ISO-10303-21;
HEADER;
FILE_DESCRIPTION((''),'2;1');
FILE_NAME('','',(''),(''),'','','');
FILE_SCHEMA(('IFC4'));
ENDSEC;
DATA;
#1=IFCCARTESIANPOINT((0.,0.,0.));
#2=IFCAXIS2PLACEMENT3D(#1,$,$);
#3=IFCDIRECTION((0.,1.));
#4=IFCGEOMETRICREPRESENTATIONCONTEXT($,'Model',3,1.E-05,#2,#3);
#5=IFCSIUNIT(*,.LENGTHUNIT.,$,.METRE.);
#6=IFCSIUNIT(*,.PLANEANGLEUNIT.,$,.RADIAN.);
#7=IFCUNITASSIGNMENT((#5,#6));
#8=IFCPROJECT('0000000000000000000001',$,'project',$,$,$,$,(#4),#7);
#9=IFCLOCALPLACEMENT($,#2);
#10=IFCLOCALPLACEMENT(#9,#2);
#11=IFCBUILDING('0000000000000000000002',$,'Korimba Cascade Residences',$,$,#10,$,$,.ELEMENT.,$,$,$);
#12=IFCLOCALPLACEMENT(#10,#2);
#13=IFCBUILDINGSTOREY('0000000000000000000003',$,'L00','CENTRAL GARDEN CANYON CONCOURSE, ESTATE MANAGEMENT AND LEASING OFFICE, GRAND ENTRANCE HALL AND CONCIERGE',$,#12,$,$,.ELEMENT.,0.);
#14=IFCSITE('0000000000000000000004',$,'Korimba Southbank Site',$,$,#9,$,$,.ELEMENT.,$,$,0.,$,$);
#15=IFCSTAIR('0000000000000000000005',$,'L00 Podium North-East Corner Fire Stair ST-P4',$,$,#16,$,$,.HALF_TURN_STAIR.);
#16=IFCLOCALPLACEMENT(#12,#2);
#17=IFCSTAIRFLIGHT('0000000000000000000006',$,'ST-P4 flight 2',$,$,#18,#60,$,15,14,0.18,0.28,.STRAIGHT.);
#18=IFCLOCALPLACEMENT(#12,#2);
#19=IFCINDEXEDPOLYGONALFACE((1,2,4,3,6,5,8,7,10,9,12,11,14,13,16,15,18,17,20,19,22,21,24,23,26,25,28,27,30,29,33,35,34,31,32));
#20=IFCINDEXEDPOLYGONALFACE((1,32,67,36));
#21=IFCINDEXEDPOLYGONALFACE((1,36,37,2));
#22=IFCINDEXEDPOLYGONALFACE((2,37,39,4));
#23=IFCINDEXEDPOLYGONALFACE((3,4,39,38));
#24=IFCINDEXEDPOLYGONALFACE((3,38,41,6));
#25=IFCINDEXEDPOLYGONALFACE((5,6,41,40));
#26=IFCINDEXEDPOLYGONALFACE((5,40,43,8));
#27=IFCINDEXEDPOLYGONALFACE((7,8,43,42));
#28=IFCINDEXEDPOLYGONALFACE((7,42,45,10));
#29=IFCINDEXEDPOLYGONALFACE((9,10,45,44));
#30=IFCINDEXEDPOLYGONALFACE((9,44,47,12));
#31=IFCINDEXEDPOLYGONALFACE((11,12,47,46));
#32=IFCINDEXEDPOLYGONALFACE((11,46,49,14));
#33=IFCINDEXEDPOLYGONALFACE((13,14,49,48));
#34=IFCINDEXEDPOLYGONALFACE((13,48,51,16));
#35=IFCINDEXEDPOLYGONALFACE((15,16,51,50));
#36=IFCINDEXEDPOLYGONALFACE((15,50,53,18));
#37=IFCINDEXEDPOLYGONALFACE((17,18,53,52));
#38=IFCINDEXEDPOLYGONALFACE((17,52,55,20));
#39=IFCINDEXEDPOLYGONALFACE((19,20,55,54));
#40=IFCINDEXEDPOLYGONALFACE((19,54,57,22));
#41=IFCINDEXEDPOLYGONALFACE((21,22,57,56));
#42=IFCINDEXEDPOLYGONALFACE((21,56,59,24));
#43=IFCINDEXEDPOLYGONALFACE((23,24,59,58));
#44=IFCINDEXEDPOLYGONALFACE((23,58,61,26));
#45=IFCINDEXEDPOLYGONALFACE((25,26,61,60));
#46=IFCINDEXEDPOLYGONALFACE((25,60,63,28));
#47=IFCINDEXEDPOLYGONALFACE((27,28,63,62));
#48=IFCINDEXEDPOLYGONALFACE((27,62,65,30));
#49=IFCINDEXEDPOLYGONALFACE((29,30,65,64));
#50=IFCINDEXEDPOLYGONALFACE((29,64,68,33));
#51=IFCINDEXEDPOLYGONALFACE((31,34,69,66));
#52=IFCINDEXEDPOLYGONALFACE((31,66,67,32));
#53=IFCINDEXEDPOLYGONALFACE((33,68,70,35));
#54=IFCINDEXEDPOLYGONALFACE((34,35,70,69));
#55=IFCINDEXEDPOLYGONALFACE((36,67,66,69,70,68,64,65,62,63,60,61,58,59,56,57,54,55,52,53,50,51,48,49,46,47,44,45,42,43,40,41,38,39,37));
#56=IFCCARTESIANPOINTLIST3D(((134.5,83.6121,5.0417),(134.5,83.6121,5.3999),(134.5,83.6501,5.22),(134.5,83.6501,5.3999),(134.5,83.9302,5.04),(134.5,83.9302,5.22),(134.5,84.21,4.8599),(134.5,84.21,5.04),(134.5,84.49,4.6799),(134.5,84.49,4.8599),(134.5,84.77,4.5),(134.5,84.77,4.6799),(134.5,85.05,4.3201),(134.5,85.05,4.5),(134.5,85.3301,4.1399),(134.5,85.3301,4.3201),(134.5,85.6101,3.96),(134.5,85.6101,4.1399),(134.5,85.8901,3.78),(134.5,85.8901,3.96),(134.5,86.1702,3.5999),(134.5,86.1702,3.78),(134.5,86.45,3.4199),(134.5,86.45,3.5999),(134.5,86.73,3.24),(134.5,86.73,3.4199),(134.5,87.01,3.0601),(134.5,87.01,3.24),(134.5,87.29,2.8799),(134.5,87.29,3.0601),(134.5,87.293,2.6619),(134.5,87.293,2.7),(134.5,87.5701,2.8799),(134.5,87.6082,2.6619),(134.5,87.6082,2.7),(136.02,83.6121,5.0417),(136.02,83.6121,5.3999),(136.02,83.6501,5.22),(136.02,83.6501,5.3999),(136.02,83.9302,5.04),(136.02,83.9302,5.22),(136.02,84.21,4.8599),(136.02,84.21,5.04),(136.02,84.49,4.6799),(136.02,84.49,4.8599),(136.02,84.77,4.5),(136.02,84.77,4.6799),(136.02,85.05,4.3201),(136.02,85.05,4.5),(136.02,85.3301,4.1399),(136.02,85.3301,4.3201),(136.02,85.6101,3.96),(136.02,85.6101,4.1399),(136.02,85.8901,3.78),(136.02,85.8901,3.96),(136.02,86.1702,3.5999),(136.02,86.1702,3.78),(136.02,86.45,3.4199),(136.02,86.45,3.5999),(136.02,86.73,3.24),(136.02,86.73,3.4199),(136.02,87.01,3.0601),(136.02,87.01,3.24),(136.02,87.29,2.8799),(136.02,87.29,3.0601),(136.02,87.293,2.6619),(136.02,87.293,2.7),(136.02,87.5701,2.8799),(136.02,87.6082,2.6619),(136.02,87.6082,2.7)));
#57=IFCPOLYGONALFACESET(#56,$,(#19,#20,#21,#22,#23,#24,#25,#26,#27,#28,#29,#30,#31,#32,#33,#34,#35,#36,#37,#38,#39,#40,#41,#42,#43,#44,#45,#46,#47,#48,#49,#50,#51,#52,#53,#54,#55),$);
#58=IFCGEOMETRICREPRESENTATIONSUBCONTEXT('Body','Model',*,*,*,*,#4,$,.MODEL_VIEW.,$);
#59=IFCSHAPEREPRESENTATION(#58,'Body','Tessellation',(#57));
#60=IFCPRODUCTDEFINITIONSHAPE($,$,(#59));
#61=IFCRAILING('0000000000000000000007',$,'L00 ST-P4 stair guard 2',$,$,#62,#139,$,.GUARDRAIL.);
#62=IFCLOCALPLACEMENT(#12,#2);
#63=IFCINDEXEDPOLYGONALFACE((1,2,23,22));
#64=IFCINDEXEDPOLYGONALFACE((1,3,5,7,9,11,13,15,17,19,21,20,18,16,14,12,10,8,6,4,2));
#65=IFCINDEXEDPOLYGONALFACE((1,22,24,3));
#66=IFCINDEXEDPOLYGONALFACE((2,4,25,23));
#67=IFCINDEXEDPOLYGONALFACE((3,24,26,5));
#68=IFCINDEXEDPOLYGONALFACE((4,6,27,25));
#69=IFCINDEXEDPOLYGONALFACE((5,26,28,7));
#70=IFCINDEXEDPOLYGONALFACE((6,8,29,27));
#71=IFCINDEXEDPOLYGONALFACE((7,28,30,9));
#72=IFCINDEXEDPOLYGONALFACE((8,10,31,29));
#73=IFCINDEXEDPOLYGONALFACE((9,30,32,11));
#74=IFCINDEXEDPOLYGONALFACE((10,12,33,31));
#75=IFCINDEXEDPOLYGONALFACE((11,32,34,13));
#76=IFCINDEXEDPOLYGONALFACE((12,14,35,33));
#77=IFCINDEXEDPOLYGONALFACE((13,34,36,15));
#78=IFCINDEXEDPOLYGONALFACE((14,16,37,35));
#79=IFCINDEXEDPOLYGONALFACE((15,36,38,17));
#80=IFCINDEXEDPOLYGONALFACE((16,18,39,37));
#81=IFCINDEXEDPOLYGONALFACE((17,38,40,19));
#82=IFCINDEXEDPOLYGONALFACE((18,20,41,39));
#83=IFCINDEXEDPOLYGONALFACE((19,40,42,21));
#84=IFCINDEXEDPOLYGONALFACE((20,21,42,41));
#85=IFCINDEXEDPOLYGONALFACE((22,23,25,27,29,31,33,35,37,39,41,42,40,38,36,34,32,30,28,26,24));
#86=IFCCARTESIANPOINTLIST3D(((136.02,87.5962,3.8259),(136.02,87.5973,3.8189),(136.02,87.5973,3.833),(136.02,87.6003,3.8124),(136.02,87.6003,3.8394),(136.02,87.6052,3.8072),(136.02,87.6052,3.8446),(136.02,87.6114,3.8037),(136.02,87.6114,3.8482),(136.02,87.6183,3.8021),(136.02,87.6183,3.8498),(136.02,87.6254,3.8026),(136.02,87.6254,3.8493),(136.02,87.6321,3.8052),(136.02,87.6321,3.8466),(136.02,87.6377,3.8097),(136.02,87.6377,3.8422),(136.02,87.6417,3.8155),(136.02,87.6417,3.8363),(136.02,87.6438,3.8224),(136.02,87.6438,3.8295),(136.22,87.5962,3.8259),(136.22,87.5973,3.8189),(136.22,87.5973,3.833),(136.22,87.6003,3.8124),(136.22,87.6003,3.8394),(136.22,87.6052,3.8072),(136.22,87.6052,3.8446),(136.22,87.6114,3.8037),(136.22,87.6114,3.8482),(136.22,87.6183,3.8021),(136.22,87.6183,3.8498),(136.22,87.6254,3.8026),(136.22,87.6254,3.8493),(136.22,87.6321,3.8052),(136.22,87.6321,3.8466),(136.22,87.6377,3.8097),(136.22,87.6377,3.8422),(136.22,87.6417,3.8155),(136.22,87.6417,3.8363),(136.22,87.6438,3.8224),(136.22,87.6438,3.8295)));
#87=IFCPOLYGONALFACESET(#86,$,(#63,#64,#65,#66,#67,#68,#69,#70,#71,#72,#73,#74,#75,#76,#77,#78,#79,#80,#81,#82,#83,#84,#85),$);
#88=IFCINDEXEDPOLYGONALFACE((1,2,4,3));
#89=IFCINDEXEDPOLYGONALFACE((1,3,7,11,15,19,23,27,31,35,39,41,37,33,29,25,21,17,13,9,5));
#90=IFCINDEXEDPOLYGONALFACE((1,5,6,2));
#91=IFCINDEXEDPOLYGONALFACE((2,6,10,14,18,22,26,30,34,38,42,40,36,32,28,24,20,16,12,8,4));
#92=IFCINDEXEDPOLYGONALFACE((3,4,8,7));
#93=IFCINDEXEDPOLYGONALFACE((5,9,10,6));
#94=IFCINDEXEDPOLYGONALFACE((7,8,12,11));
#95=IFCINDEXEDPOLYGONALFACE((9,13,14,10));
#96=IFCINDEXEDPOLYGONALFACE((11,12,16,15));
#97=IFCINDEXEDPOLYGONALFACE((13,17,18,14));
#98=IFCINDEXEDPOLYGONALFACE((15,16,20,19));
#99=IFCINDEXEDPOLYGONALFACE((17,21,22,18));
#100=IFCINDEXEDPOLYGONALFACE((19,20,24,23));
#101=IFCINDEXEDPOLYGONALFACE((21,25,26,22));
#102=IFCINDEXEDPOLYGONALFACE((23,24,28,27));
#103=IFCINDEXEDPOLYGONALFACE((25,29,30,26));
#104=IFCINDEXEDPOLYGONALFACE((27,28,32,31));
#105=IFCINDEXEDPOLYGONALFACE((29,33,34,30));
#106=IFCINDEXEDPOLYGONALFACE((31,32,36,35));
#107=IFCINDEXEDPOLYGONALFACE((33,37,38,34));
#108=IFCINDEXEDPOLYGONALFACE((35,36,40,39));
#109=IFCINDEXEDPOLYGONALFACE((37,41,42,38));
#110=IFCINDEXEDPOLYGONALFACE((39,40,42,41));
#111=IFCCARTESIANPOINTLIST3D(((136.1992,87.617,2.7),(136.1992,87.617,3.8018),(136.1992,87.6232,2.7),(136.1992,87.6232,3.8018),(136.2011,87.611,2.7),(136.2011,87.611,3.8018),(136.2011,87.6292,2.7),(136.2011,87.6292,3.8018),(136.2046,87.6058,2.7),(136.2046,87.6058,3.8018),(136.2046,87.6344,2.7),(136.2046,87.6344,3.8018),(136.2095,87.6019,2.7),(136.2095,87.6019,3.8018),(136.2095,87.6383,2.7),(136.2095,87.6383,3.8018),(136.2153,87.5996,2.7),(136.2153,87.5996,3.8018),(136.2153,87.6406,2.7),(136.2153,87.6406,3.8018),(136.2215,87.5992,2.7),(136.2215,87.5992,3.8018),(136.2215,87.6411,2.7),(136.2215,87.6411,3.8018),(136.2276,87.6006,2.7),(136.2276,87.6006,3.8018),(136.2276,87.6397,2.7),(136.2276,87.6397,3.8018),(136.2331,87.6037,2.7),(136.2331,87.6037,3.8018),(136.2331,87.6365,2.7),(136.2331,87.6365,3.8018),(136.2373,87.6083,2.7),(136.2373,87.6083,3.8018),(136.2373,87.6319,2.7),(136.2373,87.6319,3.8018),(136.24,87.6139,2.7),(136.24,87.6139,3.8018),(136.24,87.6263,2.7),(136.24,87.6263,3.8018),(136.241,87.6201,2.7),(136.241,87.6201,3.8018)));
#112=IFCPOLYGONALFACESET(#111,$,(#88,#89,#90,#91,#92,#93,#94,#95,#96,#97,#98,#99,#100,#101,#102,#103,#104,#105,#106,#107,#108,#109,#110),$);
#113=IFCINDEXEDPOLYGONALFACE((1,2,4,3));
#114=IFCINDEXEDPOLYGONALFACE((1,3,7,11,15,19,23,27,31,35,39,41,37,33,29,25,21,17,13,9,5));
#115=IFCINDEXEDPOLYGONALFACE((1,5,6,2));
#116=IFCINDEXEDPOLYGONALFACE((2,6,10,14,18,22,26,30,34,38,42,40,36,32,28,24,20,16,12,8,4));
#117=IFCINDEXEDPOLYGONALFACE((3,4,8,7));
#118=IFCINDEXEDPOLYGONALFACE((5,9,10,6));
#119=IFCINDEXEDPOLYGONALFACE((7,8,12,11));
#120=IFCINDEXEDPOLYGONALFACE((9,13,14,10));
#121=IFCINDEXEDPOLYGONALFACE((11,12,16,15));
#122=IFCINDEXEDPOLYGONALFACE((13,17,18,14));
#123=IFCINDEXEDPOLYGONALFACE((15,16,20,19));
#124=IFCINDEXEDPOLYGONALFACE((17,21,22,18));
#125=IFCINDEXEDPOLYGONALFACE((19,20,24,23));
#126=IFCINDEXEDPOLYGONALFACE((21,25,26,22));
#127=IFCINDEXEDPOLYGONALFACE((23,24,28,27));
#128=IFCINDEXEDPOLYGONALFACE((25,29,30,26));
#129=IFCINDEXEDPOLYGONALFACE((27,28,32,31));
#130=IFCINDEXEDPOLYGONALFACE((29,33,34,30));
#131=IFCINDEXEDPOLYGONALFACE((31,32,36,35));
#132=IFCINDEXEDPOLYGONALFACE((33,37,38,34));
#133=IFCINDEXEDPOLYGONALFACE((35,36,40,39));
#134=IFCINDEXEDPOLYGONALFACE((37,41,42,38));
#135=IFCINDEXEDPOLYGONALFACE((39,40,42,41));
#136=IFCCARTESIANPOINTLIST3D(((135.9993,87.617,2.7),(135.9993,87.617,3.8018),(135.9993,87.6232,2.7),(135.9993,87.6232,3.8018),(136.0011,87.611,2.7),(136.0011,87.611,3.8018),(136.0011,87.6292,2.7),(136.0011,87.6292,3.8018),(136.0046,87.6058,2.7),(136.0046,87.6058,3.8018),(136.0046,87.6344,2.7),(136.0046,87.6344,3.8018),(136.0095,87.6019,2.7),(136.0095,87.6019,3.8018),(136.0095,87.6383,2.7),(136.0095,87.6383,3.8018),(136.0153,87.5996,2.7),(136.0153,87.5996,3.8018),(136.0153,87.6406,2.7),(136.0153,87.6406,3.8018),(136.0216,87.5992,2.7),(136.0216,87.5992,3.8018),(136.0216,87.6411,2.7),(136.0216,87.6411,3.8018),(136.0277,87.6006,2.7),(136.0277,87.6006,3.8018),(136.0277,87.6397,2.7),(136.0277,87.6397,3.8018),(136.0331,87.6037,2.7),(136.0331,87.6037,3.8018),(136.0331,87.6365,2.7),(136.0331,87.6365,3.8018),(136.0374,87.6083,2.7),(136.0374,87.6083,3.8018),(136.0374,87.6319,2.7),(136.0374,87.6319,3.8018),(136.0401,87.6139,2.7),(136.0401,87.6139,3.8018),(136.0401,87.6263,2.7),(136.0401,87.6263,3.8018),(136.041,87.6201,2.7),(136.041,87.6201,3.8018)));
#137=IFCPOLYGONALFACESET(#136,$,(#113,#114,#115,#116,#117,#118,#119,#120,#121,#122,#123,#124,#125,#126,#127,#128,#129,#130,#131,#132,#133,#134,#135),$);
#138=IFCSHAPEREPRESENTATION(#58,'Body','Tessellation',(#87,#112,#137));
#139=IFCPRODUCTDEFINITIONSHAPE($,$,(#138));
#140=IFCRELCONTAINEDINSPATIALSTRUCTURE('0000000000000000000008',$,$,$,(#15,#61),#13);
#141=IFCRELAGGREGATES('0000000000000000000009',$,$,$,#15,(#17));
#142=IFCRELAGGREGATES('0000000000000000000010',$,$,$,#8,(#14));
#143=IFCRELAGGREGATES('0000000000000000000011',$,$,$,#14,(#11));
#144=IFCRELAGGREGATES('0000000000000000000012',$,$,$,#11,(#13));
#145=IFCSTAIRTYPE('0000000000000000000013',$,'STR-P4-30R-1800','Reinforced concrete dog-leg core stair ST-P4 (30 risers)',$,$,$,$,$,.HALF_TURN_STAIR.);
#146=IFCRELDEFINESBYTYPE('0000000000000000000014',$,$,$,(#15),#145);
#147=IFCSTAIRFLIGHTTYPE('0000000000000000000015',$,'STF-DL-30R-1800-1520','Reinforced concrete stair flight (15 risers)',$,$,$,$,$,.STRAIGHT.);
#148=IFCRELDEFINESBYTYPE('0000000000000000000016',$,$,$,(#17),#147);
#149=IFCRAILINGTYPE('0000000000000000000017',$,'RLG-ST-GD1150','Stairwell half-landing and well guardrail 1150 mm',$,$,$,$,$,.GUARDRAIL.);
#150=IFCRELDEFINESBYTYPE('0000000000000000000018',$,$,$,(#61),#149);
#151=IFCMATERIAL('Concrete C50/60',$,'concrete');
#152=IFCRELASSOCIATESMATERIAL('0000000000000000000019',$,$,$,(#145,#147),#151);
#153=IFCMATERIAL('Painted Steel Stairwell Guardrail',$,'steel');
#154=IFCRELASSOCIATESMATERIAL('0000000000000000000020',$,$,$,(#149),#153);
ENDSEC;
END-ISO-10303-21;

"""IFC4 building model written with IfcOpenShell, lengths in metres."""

from ifc_helpers import new_model, si_unit, direction, frame, origin, origin_2d, place, context, subcontext, project, spatial, polyline, circle, outline, extrude, material, type_object, element, aggregate, save


model = new_model("IFC4")

# Units and contexts
model_context = context("Model", 3, precision=1e-05, world=origin(), true_north=direction((0.0, 1.0)))
body_context = subcontext(model_context, "Body", "Model", "MODEL_VIEW")
ifc_project = project(units=[si_unit("LENGTHUNIT", "METRE"), si_unit("PLANEANGLEUNIT", "RADIAN")], contexts=[model_context])

# Site, building, storey
site_placement = place(None, origin())
site = spatial("IfcSite", under=ifc_project, at=site_placement, Name="Korimba Southbank Site", CompositionType="ELEMENT", RefElevation=0.0)
building_placement = place(site_placement, origin())
building = spatial("IfcBuilding", under=site, at=building_placement, Name="Korimba Cascade Residences", CompositionType="ELEMENT")
storey_placement = place(building_placement, origin())
storey = spatial("IfcBuildingStorey", under=building, at=storey_placement, Name="L00", Description="CENTRAL GARDEN CANYON CONCOURSE, ESTATE MANAGEMENT AND LEASING OFFICE, GRAND ENTRANCE HALL AND CONCIERGE", CompositionType="ELEMENT", Elevation=0.0)

# Shared definitions
ifc_material_1 = material(Name="Concrete C50/60", Category="concrete")

# Stair, stair flight
stair_type = type_object("IfcStairType", Name="STR-P4-30R-1800", Description="Reinforced concrete dog-leg core stair ST-P4 (30 risers)", PredefinedType="HALF_TURN_STAIR", material=ifc_material_1)
stair_placement = place(storey_placement, origin())
stair = element("IfcStair", 1, at=stair_placement, inside=storey, type_object=stair_type, Name="L00 Podium North-East Corner Fire Stair ST-P4", PredefinedType="HALF_TURN_STAIR")
stair_flight_type = type_object("IfcStairFlightType", Name="STF-DL-30R-1800-1520", Description="Reinforced concrete stair flight (15 risers)", PredefinedType="STRAIGHT", material=ifc_material_1)
stair_flight_1_placement = place(storey_placement, frame((135.26, 87.5701, 2.7), z_axis=(0.0, 0.0, 1.0), x_axis=(0.0, -1.0, 0.0)))
stair_flight_1 = element("IfcStairFlight", 2, at=stair_flight_1_placement, type_object=stair_flight_type, Name="ST-P4 flight 2", NumberOfRisers=15, NumberOfTreads=14, PredefinedType="STRAIGHT", RiserHeight=0.18, TreadLength=0.28, context=body_context, shape_type="SweptSolid", body=[
    extrude(outline(polyline([(-0.0381, 0.0), (0.0, 0.1799), (0.28, 0.1799), (0.28, 0.3601), (0.5601, 0.3601), (0.5601, 0.54), (0.8401, 0.54), (0.8401, 0.72), (1.1201, 0.72), (1.1201, 0.8999), (1.3999, 0.8999), (1.3999, 1.0801), (1.6799, 1.0801), (1.6799, 1.26), (1.96, 1.26), (1.96, 1.4399), (2.24, 1.4399), (2.24, 1.6201), (2.52, 1.6201), (2.52, 1.8), (2.8, 1.8), (2.8, 1.98), (3.0801, 1.98), (3.0801, 2.1599), (3.3601, 2.1599), (3.3601, 2.3401), (3.6399, 2.3401), (3.6399, 2.52), (3.9199, 2.52), (3.9199, 2.7), (3.958, 2.7), (3.958, 2.3418), (0.2771, 0.0), (0.2771, -0.0381), (-0.0381, -0.0381), (-0.0381, 0.0)])), frame((0.0, 0.76, 0.0), z_axis=(0.0, -1.0, 0.0), x_axis=(1.0, 0.0, 0.0)), (0.0, 0.0, 1.0), 1.52),
])
aggregate(stair, [stair_flight_1])

# Railing
ifc_material_2 = material(Name="Painted Steel Stairwell Guardrail", Category="steel")
railing_type_1 = type_object("IfcRailingType", Name="RLG-ST-GD1150", Description="Stairwell half-landing and well guardrail 1150 mm", PredefinedType="GUARDRAIL", material=ifc_material_2)
railing_1_placement = place(storey_placement, frame((136.22, 87.6201, 2.7)))
element("IfcRailing", 3, at=railing_1_placement, inside=storey, type_object=railing_type_1, Name="L00 ST-P4 stair guard 2", PredefinedType="GUARDRAIL", context=body_context, shape_type="SweptSolid", body=[
    extrude(circle(Radius=0.0239, at=origin_2d()), frame((0.0, 0.0, 1.126), z_axis=(-1.0, 0.0, 0.0), x_axis=(0.0, -1.0, 0.0)), (0.0, 0.0, 1.0), 0.2),
    extrude(circle(Radius=0.021, at=origin_2d()), origin(), (0.0, 0.0, 1.0), 1.1018),
    extrude(circle(Radius=0.021, at=origin_2d()), frame((-0.2, 0.0, 0.0)), (0.0, 0.0, 1.0), 1.1018),
])

save(model, "model.ifc")
